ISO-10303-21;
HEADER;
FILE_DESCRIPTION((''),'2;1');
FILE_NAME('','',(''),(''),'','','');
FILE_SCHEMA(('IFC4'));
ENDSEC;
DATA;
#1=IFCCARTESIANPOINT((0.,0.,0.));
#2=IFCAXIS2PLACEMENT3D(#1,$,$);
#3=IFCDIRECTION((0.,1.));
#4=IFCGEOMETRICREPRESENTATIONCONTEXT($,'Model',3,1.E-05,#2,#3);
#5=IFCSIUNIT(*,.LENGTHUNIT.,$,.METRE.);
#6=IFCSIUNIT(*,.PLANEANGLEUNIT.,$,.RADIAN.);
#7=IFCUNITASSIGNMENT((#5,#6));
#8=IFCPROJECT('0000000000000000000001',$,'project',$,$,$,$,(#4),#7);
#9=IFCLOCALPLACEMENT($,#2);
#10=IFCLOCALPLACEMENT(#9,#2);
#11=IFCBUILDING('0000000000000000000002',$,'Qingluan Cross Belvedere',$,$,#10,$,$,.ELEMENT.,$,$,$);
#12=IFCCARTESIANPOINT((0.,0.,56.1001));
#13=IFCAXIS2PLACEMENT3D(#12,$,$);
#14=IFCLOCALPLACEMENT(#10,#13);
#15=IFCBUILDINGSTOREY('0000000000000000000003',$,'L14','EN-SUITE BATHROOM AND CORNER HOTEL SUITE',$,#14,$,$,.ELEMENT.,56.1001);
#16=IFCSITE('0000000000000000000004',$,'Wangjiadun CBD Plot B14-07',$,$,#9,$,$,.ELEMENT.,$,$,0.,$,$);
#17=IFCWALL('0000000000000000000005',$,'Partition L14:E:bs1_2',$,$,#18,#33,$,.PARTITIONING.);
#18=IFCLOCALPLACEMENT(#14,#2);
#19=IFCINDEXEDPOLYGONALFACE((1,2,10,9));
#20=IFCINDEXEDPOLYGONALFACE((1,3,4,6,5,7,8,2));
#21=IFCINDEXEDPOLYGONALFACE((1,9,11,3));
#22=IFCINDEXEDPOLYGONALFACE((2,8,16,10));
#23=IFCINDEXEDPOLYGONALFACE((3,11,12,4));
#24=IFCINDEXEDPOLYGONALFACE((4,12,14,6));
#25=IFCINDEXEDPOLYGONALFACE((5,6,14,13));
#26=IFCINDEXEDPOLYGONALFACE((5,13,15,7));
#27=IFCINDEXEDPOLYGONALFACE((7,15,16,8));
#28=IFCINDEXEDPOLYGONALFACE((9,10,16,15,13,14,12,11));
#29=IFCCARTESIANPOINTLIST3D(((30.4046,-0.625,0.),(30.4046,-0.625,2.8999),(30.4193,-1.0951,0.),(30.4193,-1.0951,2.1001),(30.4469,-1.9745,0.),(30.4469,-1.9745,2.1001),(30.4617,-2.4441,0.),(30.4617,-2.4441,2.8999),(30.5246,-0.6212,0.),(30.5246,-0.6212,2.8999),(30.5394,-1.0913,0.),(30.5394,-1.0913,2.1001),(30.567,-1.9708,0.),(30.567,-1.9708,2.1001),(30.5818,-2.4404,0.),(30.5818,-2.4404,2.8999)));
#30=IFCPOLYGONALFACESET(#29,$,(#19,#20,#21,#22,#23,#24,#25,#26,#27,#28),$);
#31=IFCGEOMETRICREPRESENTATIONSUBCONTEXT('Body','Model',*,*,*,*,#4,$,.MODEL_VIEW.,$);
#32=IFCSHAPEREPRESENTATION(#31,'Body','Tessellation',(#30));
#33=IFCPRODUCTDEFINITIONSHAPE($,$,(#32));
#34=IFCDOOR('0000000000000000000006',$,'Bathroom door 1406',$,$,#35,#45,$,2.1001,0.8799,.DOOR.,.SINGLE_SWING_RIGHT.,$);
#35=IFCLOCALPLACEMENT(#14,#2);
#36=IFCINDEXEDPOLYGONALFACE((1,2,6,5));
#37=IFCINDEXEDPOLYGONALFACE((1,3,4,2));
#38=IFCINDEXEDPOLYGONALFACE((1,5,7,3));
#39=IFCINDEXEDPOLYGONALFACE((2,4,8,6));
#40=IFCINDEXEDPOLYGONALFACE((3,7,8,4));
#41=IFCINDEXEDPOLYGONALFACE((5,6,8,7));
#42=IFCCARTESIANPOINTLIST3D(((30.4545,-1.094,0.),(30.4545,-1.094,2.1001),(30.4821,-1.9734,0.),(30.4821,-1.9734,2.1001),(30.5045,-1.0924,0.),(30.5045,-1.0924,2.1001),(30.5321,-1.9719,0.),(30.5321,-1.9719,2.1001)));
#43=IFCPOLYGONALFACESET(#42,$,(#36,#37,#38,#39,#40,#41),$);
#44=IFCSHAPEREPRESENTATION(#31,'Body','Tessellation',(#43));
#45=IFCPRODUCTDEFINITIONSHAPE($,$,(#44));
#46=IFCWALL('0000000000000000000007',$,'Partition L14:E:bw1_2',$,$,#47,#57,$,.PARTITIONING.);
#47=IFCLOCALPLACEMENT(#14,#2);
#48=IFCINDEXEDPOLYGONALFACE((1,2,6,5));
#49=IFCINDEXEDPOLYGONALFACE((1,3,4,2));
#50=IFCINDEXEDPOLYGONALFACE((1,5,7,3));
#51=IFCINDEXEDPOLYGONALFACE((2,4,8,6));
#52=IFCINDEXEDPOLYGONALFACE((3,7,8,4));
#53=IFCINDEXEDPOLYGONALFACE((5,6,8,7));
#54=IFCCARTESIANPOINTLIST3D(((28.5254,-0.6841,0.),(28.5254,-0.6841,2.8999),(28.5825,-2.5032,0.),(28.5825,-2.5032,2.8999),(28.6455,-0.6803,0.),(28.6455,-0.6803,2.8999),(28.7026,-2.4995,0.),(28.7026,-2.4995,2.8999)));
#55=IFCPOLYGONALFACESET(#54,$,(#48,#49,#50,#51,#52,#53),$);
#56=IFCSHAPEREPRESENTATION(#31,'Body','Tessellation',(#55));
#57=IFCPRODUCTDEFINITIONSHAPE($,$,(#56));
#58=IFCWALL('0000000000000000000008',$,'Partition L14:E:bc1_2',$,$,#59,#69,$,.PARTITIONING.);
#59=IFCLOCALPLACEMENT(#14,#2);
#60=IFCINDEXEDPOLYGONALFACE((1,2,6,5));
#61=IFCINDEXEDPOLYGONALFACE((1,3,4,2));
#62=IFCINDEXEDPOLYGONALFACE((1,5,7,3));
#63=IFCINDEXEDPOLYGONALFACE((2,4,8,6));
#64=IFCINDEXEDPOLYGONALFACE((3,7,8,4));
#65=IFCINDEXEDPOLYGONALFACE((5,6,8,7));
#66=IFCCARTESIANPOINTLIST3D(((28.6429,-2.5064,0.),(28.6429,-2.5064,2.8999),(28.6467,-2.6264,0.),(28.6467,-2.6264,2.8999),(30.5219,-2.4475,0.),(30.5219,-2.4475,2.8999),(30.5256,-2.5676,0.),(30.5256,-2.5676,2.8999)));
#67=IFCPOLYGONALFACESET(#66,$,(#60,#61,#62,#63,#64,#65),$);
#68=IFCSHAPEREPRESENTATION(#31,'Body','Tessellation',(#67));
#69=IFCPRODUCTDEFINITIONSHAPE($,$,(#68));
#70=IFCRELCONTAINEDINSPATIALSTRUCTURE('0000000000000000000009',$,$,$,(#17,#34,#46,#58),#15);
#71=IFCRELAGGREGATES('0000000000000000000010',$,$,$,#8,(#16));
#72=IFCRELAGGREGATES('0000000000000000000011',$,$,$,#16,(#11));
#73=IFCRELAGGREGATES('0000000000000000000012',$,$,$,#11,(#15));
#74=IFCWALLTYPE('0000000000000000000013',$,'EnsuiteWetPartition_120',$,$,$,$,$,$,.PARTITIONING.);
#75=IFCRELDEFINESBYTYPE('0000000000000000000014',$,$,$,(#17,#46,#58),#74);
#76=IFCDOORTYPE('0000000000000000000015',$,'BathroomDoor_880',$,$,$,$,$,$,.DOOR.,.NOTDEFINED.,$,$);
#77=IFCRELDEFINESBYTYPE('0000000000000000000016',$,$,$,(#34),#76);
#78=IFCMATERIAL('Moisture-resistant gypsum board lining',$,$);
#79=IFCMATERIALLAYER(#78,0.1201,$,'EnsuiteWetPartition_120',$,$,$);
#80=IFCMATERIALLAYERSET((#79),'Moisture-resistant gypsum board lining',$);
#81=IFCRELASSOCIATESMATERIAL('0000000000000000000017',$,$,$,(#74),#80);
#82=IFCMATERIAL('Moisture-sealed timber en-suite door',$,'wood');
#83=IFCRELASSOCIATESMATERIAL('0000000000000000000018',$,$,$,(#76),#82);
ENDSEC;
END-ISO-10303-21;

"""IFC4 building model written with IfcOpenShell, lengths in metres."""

from ifc_helpers import new_model, si_unit, direction, frame, frame_2d, origin, place, context, subcontext, project, spatial, rectangle, extrude, material, layer, layer_set, type_object, element, fill, save


model = new_model("IFC4")

# Units and contexts
model_context = context("Model", 3, precision=1e-05, world=origin(), true_north=direction((0.0, 1.0)))
body_context = subcontext(model_context, "Body", "Model", "MODEL_VIEW")
ifc_project = project(units=[si_unit("LENGTHUNIT", "METRE"), si_unit("PLANEANGLEUNIT", "RADIAN")], contexts=[model_context])

# Site, building, storey
site_placement = place(None, origin())
site = spatial("IfcSite", under=ifc_project, at=site_placement, Name="Wangjiadun CBD Plot B14-07", CompositionType="ELEMENT", RefElevation=0.0)
building_placement = place(site_placement, origin())
building = spatial("IfcBuilding", under=site, at=building_placement, Name="Qingluan Cross Belvedere", CompositionType="ELEMENT")
storey_placement = place(building_placement, frame((0.0, 0.0, 56.1001)))
storey = spatial("IfcBuildingStorey", under=building, at=storey_placement, Name="L14", Description="EN-SUITE BATHROOM AND CORNER HOTEL SUITE", CompositionType="ELEMENT", Elevation=56.1001)

# Shared definitions
ifc_material_1 = material(Name="Moisture-resistant gypsum board lining")
ifc_layer_1 = layer(ifc_material_1, 0.1201, Name="EnsuiteWetPartition_120")
ifc_layer_set_1 = layer_set([ifc_layer_1], Name="Moisture-resistant gypsum board lining")
wall_type_1 = type_object("IfcWallType", Name="EnsuiteWetPartition_120", PredefinedType="PARTITIONING", material=ifc_layer_set_1)
ifc_material_2 = material(Name="Moisture-sealed timber en-suite door", Category="wood")
door_type = type_object("IfcDoorType", Name="BathroomDoor_880", OperationType="NOTDEFINED", PredefinedType="DOOR", material=ifc_material_2)

# Wall, opening, door
wall_1_placement = place(storey_placement, frame((30.5217, -2.4424, 0.0), z_axis=(0.0, 0.0, 1.0), x_axis=(-0.03139, 0.999507, 0.0)))
wall_1 = element("IfcWall", 1, at=wall_1_placement, inside=storey, type_object=wall_type_1, Name="Partition L14:E:bs1_2", PredefinedType="PARTITIONING", context=body_context, shape_type="SweptSolid", body=[
    extrude(rectangle(XDim=1.8201, YDim=0.1201, at=frame_2d((0.9102, 0.0))), origin(), (0.0, 0.0, 1.0), 2.8999),
])
opening_1_placement = place(wall_1_placement, frame((0.47, 0.0, 0.0)))
opening_1 = element("IfcOpeningElement", 2, at=opening_1_placement, cuts=wall_1, PredefinedType="OPENING", context=body_context, shape_type="SweptSolid", body=[
    extrude(rectangle(XDim=0.8799, YDim=2.1001, at=frame_2d((0.4399, 1.05))), frame((0.0, 0.0701, 0.0), z_axis=(0.0, -1.0, 0.0), x_axis=(1.0, 0.0, 0.0)), (0.0, 0.0, 1.0), 0.1401),
])
door_1_placement = place(opening_1_placement, origin())
door_1 = element("IfcDoor", 3, at=door_1_placement, inside=storey, type_object=door_type, Name="Bathroom door 1406", OperationType="SINGLE_SWING_RIGHT", OverallHeight=2.1001, OverallWidth=0.8799, PredefinedType="DOOR", context=body_context, shape_type="SweptSolid", body=[
    extrude(rectangle(XDim=0.8799, YDim=2.1001, at=frame_2d((0.4399, 1.05))), frame((0.0, 0.0249, 0.0), z_axis=(0.0, -1.0, 0.0), x_axis=(1.0, 0.0, 0.0)), (0.0, 0.0, 1.0), 0.05),
])
fill(opening_1, door_1)

# Walls
wall_2_placement = place(storey_placement, frame((28.6426, -2.5015, 0.0), z_axis=(0.0, 0.0, 1.0), x_axis=(-0.03139, 0.999507, 0.0)))
element("IfcWall", 4, at=wall_2_placement, inside=storey, type_object=wall_type_1, Name="Partition L14:E:bw1_2", PredefinedType="PARTITIONING", context=body_context, shape_type="SweptSolid", body=[
    extrude(rectangle(XDim=1.8201, YDim=0.1201, at=frame_2d((0.9102, 0.0))), origin(), (0.0, 0.0, 1.0), 2.8999),
])
wall_3_placement = place(storey_placement, frame((28.6448, -2.5664, 0.0), z_axis=(0.0, 0.0, 1.0), x_axis=(0.99951, 0.0313, 0.0)))
element("IfcWall", 5, at=wall_3_placement, inside=storey, type_object=wall_type_1, Name="Partition L14:E:bc1_2", PredefinedType="PARTITIONING", context=body_context, shape_type="SweptSolid", body=[
    extrude(rectangle(XDim=1.8799, YDim=0.1201, at=frame_2d((0.9399, 0.0))), origin(), (0.0, 0.0, 1.0), 2.8999),
])

save(model, "model.ifc")
